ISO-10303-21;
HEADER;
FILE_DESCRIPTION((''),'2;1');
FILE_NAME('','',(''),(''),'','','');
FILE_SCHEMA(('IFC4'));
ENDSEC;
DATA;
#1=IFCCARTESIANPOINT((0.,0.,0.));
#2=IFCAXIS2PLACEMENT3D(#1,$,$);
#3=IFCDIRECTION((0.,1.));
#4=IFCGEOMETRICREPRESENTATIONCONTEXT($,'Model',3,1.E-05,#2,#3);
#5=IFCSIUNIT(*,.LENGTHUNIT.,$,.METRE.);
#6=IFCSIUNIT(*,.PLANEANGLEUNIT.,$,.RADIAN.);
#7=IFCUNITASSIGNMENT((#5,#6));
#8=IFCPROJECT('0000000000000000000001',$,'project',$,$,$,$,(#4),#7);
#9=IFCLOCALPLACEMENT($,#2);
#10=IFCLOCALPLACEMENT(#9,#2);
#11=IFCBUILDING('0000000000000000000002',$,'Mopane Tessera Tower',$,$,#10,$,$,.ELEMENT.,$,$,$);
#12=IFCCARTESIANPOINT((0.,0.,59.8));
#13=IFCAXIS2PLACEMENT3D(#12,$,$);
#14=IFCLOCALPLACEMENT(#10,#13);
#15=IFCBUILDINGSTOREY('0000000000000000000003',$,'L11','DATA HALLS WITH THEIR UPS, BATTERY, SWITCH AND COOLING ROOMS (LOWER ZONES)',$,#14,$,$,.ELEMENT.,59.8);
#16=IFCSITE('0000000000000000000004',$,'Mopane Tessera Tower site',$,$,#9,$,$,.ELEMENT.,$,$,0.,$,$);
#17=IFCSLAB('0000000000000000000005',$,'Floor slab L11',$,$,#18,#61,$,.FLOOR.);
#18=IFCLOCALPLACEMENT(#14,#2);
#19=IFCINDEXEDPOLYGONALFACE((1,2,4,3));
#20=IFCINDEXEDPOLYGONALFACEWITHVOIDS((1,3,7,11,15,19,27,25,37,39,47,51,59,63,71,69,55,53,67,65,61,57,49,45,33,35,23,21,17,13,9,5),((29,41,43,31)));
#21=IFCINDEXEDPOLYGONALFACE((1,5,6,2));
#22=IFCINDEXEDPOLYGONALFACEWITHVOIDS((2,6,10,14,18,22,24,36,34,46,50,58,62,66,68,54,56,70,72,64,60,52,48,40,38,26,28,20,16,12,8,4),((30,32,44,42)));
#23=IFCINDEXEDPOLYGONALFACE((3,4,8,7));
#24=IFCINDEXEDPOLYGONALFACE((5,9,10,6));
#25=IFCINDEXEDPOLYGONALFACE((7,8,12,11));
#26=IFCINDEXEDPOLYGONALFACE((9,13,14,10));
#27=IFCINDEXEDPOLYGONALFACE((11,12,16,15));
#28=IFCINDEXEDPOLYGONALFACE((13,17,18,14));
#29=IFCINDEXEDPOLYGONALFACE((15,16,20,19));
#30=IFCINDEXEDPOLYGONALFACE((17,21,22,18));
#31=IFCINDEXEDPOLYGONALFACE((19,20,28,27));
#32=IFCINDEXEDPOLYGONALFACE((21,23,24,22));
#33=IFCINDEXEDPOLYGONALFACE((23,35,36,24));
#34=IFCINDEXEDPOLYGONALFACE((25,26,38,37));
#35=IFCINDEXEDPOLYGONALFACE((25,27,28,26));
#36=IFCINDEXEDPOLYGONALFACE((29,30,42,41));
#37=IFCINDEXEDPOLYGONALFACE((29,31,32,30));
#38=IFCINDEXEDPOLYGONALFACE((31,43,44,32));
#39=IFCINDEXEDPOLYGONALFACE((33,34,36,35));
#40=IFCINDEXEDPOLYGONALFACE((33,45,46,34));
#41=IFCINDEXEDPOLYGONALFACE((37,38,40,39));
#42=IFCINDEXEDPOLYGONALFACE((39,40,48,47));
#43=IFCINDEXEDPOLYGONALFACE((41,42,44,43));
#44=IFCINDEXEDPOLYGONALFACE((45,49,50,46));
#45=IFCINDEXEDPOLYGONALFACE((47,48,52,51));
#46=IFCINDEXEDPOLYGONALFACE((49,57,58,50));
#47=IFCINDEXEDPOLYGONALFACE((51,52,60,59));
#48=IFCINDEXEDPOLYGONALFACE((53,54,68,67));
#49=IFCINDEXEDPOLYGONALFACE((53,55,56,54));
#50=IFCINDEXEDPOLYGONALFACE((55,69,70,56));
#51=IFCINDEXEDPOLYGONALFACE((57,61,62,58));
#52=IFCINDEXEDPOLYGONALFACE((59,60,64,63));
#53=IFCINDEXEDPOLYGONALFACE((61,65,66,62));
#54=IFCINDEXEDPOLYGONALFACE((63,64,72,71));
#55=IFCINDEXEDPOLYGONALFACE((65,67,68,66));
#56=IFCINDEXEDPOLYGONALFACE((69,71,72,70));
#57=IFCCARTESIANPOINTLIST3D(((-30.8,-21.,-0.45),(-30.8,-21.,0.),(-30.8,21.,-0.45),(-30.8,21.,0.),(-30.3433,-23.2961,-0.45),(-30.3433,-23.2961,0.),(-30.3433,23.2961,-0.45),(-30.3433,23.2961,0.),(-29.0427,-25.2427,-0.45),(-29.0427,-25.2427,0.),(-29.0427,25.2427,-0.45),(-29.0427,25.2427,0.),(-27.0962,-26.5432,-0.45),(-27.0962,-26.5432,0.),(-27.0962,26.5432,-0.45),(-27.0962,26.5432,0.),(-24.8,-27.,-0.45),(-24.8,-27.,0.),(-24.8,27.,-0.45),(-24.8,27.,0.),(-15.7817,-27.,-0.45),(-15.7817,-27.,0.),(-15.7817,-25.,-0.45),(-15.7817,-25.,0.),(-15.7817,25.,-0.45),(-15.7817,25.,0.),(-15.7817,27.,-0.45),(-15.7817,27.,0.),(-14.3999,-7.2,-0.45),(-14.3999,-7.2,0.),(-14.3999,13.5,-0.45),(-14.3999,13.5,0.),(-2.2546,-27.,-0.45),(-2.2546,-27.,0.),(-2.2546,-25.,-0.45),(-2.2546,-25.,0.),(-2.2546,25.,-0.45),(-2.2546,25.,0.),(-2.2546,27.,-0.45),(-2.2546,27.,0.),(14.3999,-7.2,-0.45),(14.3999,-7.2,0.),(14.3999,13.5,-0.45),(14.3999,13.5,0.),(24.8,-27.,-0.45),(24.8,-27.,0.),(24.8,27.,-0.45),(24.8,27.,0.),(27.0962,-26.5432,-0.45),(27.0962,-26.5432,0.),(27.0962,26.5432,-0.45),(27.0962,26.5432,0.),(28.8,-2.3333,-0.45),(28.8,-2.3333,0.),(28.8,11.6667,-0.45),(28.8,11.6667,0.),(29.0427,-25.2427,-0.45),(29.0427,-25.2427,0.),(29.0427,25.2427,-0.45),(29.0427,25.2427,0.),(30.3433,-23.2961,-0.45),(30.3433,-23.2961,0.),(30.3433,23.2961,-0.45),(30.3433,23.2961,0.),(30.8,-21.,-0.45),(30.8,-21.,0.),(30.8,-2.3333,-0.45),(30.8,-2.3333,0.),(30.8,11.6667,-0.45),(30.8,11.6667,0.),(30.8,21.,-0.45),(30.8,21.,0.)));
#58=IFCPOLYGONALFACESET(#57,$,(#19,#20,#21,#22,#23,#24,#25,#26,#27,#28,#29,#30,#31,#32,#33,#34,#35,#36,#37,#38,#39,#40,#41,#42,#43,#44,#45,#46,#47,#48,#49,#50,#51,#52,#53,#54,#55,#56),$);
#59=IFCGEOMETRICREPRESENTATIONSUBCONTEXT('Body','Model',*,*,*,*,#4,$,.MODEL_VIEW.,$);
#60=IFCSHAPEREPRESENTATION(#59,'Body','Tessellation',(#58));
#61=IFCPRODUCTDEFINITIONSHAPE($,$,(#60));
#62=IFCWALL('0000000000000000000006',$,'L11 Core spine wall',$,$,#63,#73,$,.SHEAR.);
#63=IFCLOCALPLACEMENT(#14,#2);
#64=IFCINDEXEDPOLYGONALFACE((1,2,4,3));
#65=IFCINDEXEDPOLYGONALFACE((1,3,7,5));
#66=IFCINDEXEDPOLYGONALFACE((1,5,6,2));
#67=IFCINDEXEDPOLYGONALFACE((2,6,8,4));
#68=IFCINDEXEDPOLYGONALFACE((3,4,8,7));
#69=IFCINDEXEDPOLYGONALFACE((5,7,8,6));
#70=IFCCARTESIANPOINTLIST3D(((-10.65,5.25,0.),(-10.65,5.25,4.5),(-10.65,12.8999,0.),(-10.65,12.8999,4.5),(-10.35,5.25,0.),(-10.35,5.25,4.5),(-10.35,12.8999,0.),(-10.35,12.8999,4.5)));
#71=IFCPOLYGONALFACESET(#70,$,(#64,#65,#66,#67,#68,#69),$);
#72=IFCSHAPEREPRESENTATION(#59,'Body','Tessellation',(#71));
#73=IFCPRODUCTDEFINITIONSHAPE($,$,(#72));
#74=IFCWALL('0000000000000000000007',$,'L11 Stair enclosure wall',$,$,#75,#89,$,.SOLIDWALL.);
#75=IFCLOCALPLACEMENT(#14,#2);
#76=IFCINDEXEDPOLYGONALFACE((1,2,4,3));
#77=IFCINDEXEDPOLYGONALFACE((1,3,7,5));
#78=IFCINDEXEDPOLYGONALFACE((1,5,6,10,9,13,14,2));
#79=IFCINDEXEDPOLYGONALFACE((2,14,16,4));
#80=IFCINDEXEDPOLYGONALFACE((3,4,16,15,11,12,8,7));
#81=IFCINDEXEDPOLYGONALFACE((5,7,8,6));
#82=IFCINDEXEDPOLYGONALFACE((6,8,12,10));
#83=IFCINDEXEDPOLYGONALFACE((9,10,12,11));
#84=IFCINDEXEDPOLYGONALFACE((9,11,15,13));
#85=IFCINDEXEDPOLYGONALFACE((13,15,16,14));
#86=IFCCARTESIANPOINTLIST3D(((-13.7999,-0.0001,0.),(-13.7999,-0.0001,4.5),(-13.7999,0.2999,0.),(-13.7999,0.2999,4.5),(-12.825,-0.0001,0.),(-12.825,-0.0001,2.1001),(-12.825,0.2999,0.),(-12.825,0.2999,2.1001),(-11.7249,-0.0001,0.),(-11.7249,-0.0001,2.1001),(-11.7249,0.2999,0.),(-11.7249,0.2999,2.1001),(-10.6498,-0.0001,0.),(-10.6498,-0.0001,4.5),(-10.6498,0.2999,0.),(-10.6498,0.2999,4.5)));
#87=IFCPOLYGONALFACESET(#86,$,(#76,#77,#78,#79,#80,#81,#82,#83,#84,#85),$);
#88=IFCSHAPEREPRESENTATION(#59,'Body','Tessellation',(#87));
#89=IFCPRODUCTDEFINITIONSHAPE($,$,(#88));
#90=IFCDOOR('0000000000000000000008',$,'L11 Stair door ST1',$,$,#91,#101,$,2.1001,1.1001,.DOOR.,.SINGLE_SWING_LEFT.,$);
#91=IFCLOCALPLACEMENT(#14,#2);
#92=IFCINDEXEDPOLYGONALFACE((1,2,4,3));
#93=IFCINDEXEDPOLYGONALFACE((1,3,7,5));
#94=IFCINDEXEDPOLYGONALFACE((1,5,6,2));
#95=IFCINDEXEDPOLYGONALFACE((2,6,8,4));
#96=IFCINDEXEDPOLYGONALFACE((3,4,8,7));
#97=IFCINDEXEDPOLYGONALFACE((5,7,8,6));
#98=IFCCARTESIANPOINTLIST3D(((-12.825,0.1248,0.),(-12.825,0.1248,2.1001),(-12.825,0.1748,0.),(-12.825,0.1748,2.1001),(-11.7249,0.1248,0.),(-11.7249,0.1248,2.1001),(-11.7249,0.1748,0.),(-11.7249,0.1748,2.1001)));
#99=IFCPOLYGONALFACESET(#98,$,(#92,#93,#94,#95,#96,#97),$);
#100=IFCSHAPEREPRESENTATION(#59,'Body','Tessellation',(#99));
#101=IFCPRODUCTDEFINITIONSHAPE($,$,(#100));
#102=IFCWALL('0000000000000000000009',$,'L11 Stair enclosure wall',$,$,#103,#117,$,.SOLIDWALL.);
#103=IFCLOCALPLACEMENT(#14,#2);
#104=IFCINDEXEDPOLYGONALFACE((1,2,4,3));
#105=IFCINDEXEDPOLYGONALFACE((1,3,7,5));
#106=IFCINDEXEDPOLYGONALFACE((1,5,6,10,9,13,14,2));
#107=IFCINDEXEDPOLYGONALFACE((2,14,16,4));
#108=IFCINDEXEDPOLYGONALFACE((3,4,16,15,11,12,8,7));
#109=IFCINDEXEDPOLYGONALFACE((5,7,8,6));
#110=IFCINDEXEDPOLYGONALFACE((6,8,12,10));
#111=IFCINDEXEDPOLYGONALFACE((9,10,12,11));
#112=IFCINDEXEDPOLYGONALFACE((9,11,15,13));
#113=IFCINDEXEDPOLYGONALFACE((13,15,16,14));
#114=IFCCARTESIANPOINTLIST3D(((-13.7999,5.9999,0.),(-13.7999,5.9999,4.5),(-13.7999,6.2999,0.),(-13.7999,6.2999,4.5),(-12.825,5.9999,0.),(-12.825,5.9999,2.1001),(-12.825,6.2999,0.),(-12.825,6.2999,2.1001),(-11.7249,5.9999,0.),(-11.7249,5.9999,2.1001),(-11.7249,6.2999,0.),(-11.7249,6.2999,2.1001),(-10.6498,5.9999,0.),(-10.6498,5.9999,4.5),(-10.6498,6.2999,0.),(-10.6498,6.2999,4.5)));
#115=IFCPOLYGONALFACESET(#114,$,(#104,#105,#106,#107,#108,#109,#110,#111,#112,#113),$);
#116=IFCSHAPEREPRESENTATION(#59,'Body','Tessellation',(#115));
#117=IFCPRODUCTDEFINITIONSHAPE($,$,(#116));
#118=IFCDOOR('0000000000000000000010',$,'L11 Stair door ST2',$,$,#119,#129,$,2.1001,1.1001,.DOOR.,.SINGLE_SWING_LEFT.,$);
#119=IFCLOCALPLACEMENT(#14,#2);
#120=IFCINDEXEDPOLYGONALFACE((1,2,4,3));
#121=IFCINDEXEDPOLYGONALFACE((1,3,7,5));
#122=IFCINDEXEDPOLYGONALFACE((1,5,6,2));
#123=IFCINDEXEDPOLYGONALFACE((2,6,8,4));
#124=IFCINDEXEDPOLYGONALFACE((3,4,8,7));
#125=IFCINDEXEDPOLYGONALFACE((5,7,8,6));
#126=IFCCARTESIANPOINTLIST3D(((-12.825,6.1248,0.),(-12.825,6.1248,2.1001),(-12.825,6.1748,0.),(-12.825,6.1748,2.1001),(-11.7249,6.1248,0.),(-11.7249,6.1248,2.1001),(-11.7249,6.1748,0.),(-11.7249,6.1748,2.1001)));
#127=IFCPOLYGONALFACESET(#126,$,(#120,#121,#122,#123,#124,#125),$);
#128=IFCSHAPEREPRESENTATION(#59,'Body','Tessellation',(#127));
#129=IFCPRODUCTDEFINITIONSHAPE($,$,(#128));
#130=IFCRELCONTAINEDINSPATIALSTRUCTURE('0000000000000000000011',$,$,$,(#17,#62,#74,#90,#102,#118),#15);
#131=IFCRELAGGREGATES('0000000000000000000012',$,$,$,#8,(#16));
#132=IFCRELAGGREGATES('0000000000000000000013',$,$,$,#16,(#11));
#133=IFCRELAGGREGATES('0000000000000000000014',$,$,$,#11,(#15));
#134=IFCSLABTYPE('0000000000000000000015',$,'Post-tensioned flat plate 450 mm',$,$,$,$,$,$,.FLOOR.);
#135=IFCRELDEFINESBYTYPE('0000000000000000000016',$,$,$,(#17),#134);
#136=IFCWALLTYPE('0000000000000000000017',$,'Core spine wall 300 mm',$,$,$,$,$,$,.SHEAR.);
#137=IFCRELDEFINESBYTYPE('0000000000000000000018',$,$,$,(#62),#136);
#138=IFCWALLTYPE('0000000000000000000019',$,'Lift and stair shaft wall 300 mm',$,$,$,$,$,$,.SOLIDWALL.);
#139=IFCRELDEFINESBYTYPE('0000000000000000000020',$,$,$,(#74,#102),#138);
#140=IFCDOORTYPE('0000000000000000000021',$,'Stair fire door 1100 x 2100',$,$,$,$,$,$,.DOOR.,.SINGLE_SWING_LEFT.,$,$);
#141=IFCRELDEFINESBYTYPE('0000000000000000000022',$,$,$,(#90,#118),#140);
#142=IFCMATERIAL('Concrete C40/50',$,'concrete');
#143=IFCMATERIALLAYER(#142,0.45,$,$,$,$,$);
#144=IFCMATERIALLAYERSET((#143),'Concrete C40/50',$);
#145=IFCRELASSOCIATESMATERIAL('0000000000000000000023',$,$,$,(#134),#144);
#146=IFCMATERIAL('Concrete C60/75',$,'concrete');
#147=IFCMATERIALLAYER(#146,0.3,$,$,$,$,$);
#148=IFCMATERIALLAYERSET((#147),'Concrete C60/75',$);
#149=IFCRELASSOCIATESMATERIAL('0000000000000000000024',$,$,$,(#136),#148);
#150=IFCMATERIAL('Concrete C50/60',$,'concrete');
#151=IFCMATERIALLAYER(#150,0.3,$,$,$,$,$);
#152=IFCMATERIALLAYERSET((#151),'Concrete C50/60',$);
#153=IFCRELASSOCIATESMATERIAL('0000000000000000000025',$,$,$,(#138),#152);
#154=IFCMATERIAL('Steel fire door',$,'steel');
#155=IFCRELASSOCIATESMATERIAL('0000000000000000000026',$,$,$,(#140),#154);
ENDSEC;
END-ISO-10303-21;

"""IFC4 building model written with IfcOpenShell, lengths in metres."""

from ifc_helpers import new_model, si_unit, direction, frame, frame_2d, origin, place, context, subcontext, project, spatial, polyline, rectangle, outline, extrude, material, layer, layer_set, type_object, element, fill, save


model = new_model("IFC4")

# Units and contexts
model_context = context("Model", 3, precision=1e-05, world=origin(), true_north=direction((0.0, 1.0)))
body_context = subcontext(model_context, "Body", "Model", "MODEL_VIEW")
ifc_project = project(units=[si_unit("LENGTHUNIT", "METRE"), si_unit("PLANEANGLEUNIT", "RADIAN")], contexts=[model_context])

# Site, building, storey
site_placement = place(None, origin())
site = spatial("IfcSite", under=ifc_project, at=site_placement, Name="Mopane Tessera Tower site", CompositionType="ELEMENT", RefElevation=0.0)
building_placement = place(site_placement, origin())
building = spatial("IfcBuilding", under=site, at=building_placement, Name="Mopane Tessera Tower", CompositionType="ELEMENT")
storey_placement = place(building_placement, frame((0.0, 0.0, 59.8)))
storey = spatial("IfcBuildingStorey", under=building, at=storey_placement, Name="L11", Description="DATA HALLS WITH THEIR UPS, BATTERY, SWITCH AND COOLING ROOMS (LOWER ZONES)", CompositionType="ELEMENT", Elevation=59.8)

# Slab
ifc_material_1 = material(Name="Concrete C40/50", Category="concrete")
ifc_layer_1 = layer(ifc_material_1, 0.45)
ifc_layer_set_1 = layer_set([ifc_layer_1], Name="Concrete C40/50")
slab_type = type_object("IfcSlabType", Name="Post-tensioned flat plate 450 mm", PredefinedType="FLOOR", material=ifc_layer_set_1)
slab_placement = place(storey_placement, frame((0.0, 0.0, -0.45)))
element("IfcSlab", 1, at=slab_placement, inside=storey, type_object=slab_type, Name="Floor slab L11", PredefinedType="FLOOR", context=body_context, shape_type="SweptSolid", body=[
    extrude(outline(polyline([(-24.8, -27.0), (-15.7817, -27.0), (-15.7817, -25.0), (-2.2546, -25.0), (-2.2546, -27.0), (24.8, -27.0), (27.0962, -26.5432), (29.0427, -25.2427), (30.3433, -23.2961), (30.8, -21.0), (30.8, -2.3333), (28.8, -2.3333), (28.8, 11.6667), (30.8, 11.6667), (30.8, 21.0), (30.3433, 23.2961), (29.0427, 25.2427), (27.0962, 26.5432), (24.8, 27.0), (-2.2546, 27.0), (-2.2546, 25.0), (-15.7817, 25.0), (-15.7817, 27.0), (-24.8, 27.0), (-27.0962, 26.5432), (-29.0427, 25.2427), (-30.3433, 23.2961), (-30.8, 21.0), (-30.8, -21.0), (-30.3433, -23.2961), (-29.0427, -25.2427), (-27.0962, -26.5432), (-24.8, -27.0)]), holes=[polyline([(14.3999, -7.2), (-14.3999, -7.2), (-14.3999, 13.5), (14.3999, 13.5), (14.3999, -7.2)])]), origin(), (0.0, 0.0, 1.0), 0.45),
])

# Wall
ifc_material_2 = material(Name="Concrete C60/75", Category="concrete")
ifc_layer_2 = layer(ifc_material_2, 0.3)
ifc_layer_set_2 = layer_set([ifc_layer_2], Name="Concrete C60/75")
wall_type_1 = type_object("IfcWallType", Name="Core spine wall 300 mm", PredefinedType="SHEAR", material=ifc_layer_set_2)
wall_1_placement = place(storey_placement, frame((-10.5, 5.25, 0.0), z_axis=(0.0, 0.0, 1.0), x_axis=(0.0, 1.0, 0.0)))
element("IfcWall", 2, at=wall_1_placement, inside=storey, type_object=wall_type_1, Name="L11 Core spine wall", PredefinedType="SHEAR", context=body_context, shape_type="SweptSolid", body=[
    extrude(rectangle(XDim=7.6499, YDim=0.3, at=frame_2d((3.825, 0.0))), origin(), (0.0, 0.0, 1.0), 4.5),
])

# Walls, openings, doors
ifc_material_3 = material(Name="Concrete C50/60", Category="concrete")
ifc_layer_3 = layer(ifc_material_3, 0.3)
ifc_layer_set_3 = layer_set([ifc_layer_3], Name="Concrete C50/60")
wall_type_2 = type_object("IfcWallType", Name="Lift and stair shaft wall 300 mm", PredefinedType="SOLIDWALL", material=ifc_layer_set_3)
wall_2_placement = place(storey_placement, frame((-13.8, 0.1499, 0.0), z_axis=(0.0, 0.0, 1.0), x_axis=(1.0, 0.0, 0.0)))
wall_2 = element("IfcWall", 3, at=wall_2_placement, inside=storey, type_object=wall_type_2, Name="L11 Stair enclosure wall", PredefinedType="SOLIDWALL", context=body_context, shape_type="SweptSolid", body=[
    extrude(rectangle(XDim=3.1501, YDim=0.3, at=frame_2d((1.5752, 0.0))), origin(), (0.0, 0.0, 1.0), 4.5),
])
opening_1_placement = place(wall_2_placement, frame((0.9751, 0.0, 0.0)))
opening_1 = element("IfcOpeningElement", 4, at=opening_1_placement, cuts=wall_2, PredefinedType="OPENING", context=body_context, shape_type="SweptSolid", body=[
    extrude(rectangle(XDim=1.1001, YDim=2.1001, at=frame_2d((0.55, 1.05))), frame((0.0, 0.1621, 0.0), z_axis=(0.0, -1.0, 0.0), x_axis=(1.0, 0.0, 0.0)), (0.0, 0.0, 1.0), 0.324),
])
ifc_material_4 = material(Name="Steel fire door", Category="steel")
door_type_1 = type_object("IfcDoorType", Name="Stair fire door 1100 x 2100", OperationType="SINGLE_SWING_LEFT", PredefinedType="DOOR", material=ifc_material_4)
door_1_placement = place(opening_1_placement, origin())
door_1 = element("IfcDoor", 5, at=door_1_placement, inside=storey, type_object=door_type_1, Name="L11 Stair door ST1", OperationType="SINGLE_SWING_LEFT", OverallHeight=2.1001, OverallWidth=1.1001, PredefinedType="DOOR", context=body_context, shape_type="SweptSolid", body=[
    extrude(rectangle(XDim=1.1001, YDim=2.1001, at=frame_2d((0.55, 1.05))), frame((0.0, 0.0249, 0.0), z_axis=(0.0, -1.0, 0.0), x_axis=(1.0, 0.0, 0.0)), (0.0, 0.0, 1.0), 0.05),
])
fill(opening_1, door_1)
wall_3_placement = place(storey_placement, frame((-13.8, 6.1499, 0.0), z_axis=(0.0, 0.0, 1.0), x_axis=(1.0, 0.0, 0.0)))
wall_3 = element("IfcWall", 6, at=wall_3_placement, inside=storey, type_object=wall_type_2, Name="L11 Stair enclosure wall", PredefinedType="SOLIDWALL", context=body_context, shape_type="SweptSolid", body=[
    extrude(rectangle(XDim=3.1501, YDim=0.3, at=frame_2d((1.5752, 0.0))), origin(), (0.0, 0.0, 1.0), 4.5),
])
opening_2_placement = place(wall_3_placement, frame((0.9751, 0.0, 0.0)))
opening_2 = element("IfcOpeningElement", 7, at=opening_2_placement, cuts=wall_3, PredefinedType="OPENING", context=body_context, shape_type="SweptSolid", body=[
    extrude(rectangle(XDim=1.1001, YDim=2.1001, at=frame_2d((0.55, 1.05))), frame((0.0, 0.1621, 0.0), z_axis=(0.0, -1.0, 0.0), x_axis=(1.0, 0.0, 0.0)), (0.0, 0.0, 1.0), 0.324),
])
door_2_placement = place(opening_2_placement, origin())
door_2 = element("IfcDoor", 8, at=door_2_placement, inside=storey, type_object=door_type_1, Name="L11 Stair door ST2", OperationType="SINGLE_SWING_LEFT", OverallHeight=2.1001, OverallWidth=1.1001, PredefinedType="DOOR", context=body_context, shape_type="SweptSolid", body=[
    extrude(rectangle(XDim=1.1001, YDim=2.1001, at=frame_2d((0.55, 1.05))), frame((0.0, 0.0249, 0.0), z_axis=(0.0, -1.0, 0.0), x_axis=(1.0, 0.0, 0.0)), (0.0, 0.0, 1.0), 0.05),
])
fill(opening_2, door_2)

save(model, "model.ifc")
